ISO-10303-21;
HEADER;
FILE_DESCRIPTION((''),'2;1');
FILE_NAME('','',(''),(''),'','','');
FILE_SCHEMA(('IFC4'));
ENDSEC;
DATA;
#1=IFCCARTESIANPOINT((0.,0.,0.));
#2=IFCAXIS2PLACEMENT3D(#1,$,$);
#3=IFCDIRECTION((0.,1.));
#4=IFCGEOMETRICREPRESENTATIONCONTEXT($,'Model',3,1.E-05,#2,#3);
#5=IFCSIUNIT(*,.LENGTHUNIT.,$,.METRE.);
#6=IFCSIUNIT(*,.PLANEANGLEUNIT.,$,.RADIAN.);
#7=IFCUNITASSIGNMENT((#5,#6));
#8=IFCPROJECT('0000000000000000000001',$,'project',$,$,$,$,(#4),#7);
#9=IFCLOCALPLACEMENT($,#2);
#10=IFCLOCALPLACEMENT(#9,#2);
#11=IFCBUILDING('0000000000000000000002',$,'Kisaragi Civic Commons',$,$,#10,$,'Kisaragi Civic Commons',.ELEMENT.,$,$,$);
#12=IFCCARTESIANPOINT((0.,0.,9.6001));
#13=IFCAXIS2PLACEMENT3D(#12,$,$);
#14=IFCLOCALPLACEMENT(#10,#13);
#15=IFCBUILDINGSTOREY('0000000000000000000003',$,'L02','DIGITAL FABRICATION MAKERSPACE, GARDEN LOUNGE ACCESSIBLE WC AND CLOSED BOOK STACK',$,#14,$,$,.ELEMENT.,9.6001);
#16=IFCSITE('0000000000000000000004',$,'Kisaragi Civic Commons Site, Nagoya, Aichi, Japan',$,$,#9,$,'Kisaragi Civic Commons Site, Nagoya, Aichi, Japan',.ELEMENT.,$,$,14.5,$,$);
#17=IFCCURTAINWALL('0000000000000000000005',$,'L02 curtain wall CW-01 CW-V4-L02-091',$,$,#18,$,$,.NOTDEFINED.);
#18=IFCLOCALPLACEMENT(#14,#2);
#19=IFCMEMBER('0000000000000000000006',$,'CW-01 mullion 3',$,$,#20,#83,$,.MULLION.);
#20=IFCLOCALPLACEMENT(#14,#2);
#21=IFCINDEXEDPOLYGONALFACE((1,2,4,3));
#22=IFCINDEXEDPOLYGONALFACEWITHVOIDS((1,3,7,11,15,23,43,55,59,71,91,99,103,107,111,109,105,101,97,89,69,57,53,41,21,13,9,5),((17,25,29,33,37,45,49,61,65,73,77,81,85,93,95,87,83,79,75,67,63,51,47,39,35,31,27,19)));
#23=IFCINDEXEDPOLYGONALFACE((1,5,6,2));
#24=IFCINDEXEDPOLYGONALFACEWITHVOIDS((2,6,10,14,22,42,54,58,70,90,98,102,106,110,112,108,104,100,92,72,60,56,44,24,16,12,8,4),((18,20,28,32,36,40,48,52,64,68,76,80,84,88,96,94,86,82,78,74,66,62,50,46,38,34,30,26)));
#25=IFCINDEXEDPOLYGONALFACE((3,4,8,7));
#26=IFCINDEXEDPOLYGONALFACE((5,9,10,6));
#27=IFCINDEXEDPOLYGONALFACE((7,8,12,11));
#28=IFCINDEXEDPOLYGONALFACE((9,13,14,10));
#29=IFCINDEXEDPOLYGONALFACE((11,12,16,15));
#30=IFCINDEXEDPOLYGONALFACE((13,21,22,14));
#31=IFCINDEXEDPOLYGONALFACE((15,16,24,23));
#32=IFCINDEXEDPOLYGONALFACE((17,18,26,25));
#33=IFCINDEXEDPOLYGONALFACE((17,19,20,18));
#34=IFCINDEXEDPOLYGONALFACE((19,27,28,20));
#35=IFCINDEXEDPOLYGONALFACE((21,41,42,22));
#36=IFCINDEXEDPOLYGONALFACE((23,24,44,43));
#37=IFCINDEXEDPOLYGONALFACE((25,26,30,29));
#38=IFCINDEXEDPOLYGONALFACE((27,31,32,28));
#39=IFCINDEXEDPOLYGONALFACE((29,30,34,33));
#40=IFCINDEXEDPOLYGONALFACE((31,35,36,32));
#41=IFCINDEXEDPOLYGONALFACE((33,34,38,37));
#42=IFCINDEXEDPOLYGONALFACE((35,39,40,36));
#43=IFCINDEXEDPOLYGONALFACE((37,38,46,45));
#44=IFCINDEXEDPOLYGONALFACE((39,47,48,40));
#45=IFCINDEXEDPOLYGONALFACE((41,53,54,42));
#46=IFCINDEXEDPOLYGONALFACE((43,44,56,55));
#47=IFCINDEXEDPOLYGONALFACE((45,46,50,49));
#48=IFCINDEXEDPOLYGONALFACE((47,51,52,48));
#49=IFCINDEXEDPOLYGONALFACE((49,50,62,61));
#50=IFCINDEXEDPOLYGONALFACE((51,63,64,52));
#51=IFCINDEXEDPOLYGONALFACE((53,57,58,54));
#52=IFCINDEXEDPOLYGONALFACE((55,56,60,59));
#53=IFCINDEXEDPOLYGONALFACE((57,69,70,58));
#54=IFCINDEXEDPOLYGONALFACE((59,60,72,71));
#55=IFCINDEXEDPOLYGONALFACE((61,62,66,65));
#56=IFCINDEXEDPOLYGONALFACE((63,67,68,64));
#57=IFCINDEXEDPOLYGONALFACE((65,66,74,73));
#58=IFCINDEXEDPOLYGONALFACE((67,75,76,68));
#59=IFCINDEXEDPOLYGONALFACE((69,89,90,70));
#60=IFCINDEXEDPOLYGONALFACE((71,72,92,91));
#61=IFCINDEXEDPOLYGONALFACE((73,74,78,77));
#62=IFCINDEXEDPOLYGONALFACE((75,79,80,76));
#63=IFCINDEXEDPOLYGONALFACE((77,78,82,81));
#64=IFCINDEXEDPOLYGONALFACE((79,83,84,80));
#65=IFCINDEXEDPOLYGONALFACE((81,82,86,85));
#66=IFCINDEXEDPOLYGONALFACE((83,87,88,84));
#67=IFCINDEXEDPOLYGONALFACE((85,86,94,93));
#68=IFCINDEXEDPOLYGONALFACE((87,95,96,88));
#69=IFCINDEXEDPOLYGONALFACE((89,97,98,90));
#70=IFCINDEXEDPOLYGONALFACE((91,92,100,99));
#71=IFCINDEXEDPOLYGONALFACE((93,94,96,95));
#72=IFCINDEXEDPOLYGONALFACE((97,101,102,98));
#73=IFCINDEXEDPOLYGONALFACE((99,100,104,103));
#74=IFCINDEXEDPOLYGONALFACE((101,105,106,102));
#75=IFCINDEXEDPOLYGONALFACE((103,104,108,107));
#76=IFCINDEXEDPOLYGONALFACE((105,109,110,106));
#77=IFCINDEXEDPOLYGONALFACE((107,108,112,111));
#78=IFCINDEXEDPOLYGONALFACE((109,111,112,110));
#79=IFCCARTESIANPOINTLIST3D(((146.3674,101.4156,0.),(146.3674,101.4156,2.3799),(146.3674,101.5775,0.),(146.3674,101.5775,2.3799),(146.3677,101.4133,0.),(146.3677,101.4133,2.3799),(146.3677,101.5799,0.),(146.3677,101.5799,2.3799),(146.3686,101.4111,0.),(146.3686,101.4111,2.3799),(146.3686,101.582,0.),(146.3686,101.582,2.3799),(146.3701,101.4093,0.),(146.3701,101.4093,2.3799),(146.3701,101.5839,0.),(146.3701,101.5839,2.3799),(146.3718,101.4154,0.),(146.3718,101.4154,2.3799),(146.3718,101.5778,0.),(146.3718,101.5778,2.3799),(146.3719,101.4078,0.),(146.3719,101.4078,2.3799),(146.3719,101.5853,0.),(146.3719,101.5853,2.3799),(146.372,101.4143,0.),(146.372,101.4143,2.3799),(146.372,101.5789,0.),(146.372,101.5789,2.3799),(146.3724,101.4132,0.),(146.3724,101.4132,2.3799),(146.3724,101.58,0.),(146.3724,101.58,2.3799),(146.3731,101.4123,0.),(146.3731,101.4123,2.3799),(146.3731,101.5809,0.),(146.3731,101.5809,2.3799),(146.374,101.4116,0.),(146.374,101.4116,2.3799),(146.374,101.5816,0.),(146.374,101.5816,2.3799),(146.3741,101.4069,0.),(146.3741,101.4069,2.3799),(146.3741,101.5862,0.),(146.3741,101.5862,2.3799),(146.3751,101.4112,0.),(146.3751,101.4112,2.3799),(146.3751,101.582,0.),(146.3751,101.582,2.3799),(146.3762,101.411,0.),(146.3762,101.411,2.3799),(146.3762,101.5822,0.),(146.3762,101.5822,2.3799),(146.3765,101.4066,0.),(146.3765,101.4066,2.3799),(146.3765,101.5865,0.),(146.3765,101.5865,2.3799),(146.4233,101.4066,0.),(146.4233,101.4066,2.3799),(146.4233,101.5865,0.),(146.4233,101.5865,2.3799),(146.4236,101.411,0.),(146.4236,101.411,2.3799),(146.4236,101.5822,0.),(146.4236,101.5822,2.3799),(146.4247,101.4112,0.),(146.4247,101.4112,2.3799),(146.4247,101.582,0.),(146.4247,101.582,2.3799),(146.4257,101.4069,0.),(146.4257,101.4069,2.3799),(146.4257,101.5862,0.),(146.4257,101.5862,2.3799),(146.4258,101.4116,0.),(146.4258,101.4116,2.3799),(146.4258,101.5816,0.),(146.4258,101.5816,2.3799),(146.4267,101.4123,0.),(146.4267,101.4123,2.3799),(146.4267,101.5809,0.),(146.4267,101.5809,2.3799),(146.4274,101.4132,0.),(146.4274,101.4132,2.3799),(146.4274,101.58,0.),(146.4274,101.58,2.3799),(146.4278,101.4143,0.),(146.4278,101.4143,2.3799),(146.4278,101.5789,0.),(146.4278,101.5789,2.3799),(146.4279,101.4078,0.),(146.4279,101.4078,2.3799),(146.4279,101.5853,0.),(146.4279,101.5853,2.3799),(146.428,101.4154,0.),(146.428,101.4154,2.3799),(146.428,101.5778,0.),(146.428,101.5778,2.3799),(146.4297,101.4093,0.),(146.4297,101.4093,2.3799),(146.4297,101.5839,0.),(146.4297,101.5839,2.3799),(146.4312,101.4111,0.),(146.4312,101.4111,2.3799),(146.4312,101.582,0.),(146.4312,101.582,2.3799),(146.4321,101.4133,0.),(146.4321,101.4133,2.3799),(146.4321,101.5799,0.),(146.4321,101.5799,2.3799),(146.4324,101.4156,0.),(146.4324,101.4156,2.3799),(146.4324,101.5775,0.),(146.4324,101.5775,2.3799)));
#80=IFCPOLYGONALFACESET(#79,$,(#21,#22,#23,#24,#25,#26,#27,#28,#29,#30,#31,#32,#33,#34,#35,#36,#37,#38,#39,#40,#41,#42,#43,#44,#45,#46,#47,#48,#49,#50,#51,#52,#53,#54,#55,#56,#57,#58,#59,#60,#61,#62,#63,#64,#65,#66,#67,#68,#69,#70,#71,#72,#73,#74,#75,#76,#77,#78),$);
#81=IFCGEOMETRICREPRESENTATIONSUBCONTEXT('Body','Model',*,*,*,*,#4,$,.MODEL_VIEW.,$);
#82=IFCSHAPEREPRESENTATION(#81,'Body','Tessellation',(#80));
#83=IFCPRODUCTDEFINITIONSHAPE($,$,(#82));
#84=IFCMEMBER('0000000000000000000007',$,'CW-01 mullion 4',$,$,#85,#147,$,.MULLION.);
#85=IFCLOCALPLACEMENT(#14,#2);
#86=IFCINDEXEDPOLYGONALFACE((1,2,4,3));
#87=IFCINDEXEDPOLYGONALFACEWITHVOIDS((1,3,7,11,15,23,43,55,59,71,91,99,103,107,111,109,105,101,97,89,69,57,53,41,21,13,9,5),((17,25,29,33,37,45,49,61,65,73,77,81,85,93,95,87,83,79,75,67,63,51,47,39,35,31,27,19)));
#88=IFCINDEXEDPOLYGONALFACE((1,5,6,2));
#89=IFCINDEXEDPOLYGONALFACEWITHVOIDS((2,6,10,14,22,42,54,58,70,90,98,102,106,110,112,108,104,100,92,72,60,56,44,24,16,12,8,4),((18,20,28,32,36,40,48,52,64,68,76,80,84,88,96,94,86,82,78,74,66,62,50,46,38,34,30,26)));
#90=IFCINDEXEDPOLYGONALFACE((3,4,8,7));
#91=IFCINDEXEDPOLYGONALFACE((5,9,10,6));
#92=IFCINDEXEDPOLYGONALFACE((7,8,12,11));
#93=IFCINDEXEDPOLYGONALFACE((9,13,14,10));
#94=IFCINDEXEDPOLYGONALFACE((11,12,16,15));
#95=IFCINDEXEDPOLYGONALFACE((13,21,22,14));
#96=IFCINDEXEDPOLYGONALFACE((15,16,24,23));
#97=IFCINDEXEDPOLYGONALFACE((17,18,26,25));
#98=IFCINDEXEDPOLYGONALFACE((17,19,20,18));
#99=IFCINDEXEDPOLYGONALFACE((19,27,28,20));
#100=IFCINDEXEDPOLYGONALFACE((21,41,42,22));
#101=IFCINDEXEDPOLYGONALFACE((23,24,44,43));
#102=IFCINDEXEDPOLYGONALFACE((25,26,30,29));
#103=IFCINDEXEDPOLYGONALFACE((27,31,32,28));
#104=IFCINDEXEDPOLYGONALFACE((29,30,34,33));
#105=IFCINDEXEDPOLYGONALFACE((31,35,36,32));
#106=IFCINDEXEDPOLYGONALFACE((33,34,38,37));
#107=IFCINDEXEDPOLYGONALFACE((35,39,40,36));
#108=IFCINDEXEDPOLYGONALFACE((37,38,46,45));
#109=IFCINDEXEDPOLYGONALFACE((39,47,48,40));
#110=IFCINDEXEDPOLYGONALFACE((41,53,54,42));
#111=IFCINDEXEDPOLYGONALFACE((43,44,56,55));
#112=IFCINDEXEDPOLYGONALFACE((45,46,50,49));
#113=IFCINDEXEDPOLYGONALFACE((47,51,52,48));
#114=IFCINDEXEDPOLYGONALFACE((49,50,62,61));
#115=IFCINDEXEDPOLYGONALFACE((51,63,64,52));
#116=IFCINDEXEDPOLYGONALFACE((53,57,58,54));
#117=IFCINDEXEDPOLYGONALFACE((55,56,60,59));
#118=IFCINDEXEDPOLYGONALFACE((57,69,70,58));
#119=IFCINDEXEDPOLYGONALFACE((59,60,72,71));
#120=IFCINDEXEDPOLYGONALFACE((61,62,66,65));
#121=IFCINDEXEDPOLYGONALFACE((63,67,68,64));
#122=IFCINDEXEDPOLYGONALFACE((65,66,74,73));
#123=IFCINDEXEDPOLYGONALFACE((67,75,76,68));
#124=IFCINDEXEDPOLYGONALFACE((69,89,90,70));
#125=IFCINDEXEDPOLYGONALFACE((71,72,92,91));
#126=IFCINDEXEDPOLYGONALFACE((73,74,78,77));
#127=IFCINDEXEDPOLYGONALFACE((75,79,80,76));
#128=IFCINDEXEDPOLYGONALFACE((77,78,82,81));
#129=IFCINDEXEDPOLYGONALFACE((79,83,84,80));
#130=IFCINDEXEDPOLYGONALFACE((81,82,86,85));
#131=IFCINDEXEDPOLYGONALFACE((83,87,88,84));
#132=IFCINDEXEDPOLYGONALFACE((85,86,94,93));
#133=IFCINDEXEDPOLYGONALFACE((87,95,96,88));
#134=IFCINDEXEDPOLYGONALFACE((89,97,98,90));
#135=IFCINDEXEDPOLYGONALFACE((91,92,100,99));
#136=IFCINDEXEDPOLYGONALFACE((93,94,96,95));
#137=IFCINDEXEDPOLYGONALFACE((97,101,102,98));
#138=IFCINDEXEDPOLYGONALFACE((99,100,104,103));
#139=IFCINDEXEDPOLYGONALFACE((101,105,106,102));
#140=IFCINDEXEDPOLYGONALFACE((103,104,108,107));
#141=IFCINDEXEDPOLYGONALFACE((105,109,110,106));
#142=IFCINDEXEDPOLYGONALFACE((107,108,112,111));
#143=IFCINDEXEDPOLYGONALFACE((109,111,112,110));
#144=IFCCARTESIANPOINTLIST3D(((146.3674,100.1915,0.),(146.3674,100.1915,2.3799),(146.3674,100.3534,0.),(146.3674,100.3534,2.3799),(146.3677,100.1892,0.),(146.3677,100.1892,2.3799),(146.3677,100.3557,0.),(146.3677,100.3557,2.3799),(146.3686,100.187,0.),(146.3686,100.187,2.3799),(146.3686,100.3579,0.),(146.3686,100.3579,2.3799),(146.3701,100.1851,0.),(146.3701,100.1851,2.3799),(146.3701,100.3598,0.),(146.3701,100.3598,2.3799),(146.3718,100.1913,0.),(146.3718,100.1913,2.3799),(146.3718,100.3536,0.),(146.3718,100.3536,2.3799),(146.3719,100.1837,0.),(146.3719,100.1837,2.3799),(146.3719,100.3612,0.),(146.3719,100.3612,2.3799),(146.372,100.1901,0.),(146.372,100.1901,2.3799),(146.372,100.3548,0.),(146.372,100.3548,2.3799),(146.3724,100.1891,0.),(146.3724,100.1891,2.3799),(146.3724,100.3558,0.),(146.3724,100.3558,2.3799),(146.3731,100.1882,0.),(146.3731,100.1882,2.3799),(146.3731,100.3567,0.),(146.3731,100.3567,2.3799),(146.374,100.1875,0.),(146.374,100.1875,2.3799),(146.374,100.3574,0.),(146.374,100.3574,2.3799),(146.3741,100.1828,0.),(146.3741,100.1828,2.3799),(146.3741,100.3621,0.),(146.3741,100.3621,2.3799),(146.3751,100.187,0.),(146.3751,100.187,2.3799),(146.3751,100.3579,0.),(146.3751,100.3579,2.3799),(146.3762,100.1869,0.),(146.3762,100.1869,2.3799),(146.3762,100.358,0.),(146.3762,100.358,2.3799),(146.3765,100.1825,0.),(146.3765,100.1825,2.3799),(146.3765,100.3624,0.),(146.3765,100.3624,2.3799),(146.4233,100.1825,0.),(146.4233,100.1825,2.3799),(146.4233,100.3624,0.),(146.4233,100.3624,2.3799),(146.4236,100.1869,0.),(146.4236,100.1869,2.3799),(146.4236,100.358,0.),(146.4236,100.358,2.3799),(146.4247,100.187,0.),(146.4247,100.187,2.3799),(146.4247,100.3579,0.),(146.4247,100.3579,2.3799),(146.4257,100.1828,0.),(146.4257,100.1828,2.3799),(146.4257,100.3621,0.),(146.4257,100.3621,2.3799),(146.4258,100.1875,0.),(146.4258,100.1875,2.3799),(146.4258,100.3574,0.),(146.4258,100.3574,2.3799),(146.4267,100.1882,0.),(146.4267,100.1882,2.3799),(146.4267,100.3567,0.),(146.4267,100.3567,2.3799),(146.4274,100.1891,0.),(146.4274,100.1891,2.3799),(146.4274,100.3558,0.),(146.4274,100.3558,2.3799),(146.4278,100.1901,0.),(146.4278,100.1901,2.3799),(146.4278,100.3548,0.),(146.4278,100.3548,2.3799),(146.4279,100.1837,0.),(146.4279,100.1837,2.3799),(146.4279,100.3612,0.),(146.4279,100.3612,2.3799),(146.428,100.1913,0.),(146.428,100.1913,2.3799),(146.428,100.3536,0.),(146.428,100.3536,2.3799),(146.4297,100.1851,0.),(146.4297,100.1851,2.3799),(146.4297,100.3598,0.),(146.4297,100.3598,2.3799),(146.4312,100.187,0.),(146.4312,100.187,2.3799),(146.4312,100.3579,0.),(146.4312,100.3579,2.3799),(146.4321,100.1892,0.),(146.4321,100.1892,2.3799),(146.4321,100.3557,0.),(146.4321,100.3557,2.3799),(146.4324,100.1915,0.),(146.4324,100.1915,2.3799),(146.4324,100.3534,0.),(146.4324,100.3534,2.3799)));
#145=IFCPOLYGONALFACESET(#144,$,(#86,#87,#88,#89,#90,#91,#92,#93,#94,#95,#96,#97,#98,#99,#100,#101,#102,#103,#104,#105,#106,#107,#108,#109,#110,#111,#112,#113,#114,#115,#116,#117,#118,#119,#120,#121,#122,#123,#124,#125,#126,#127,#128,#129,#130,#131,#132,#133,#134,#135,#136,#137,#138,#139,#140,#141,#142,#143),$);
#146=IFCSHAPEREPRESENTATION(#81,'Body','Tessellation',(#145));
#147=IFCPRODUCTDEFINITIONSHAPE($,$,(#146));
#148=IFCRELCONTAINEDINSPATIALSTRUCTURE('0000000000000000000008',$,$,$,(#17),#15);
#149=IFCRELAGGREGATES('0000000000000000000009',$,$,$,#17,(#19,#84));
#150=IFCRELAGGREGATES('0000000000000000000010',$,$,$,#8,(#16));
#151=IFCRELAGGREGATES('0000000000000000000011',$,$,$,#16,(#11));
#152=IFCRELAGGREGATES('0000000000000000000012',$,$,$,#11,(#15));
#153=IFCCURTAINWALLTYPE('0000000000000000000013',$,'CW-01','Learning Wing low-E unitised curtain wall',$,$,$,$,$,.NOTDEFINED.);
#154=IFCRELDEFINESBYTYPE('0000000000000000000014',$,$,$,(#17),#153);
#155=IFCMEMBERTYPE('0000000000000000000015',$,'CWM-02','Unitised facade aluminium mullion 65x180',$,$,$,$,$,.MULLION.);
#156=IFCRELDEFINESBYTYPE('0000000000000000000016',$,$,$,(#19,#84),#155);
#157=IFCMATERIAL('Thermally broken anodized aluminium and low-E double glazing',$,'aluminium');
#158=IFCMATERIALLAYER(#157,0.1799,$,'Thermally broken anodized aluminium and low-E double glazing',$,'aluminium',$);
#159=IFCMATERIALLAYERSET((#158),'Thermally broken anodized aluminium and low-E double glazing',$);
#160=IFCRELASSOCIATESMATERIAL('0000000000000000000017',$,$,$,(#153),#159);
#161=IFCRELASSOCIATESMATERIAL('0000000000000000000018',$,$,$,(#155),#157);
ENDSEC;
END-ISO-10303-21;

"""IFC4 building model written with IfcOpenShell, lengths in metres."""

from ifc_helpers import new_model, si_unit, direction, frame, origin, origin_2d, place, context, subcontext, project, spatial, hollow_rectangle, extrude, material, layer, layer_set, material_profile, profile_set, type_object, element, aggregate, save


model = new_model("IFC4")

# Units and contexts
model_context = context("Model", 3, precision=1e-05, world=origin(), true_north=direction((0.0, 1.0)))
body_context = subcontext(model_context, "Body", "Model", "MODEL_VIEW")
ifc_project = project(units=[si_unit("LENGTHUNIT", "METRE"), si_unit("PLANEANGLEUNIT", "RADIAN")], contexts=[model_context])

# Site, building, storey
site_placement = place(None, origin())
site = spatial("IfcSite", under=ifc_project, at=site_placement, Name="Kisaragi Civic Commons Site, Nagoya, Aichi, Japan", LongName="Kisaragi Civic Commons Site, Nagoya, Aichi, Japan", CompositionType="ELEMENT", RefElevation=14.5)
building_placement = place(site_placement, origin())
building = spatial("IfcBuilding", under=site, at=building_placement, Name="Kisaragi Civic Commons", LongName="Kisaragi Civic Commons", CompositionType="ELEMENT")
storey_placement = place(building_placement, frame((0.0, 0.0, 9.6001)))
storey = spatial("IfcBuildingStorey", under=building, at=storey_placement, Name="L02", Description="DIGITAL FABRICATION MAKERSPACE, GARDEN LOUNGE ACCESSIBLE WC AND CLOSED BOOK STACK", CompositionType="ELEMENT", Elevation=9.6001)

# Curtain wall, members
ifc_material_1 = material(Name="Thermally broken anodized aluminium and low-E double glazing", Category="aluminium")
ifc_layer_1 = layer(ifc_material_1, 0.1799, Name="Thermally broken anodized aluminium and low-E double glazing", Category="aluminium")
ifc_layer_set_1 = layer_set([ifc_layer_1], Name="Thermally broken anodized aluminium and low-E double glazing")
curtain_wall_type = type_object("IfcCurtainWallType", Name="CW-01", Description="Learning Wing low-E unitised curtain wall", PredefinedType="NOTDEFINED", material=ifc_layer_set_1)
curtain_wall_1_placement = place(storey_placement, origin())
curtain_wall_1 = element("IfcCurtainWall", 1, at=curtain_wall_1_placement, inside=storey, type_object=curtain_wall_type, Name="L02 curtain wall CW-01 CW-V4-L02-091", PredefinedType="NOTDEFINED")
ifc_material_profile_1 = material_profile(ifc_material_1, hollow_rectangle(XDim=0.0649, YDim=0.1799, WallThickness=0.0044, InnerFilletRadius=0.0044, OuterFilletRadius=0.009, at=origin_2d()), Name="CWM-65x180x4.5", Category="aluminium")
ifc_profile_set_1 = profile_set([ifc_material_profile_1], Name="Thermally broken anodized aluminium and low-E double glazing")
member_type_1 = type_object("IfcMemberType", Name="CWM-02", Description="Unitised facade aluminium mullion 65x180", PredefinedType="MULLION", material=ifc_profile_set_1)
member_1_placement = place(storey_placement, frame((146.3999, 101.4966, 0.0), z_axis=(0.0, 0.0, 1.0), x_axis=(1.0, 0.0, 0.0)))
member_1 = element("IfcMember", 2, at=member_1_placement, type_object=member_type_1, Name="CW-01 mullion 3", PredefinedType="MULLION", context=body_context, shape_type="SweptSolid", body=[
    extrude(hollow_rectangle(XDim=0.0649, YDim=0.1799, WallThickness=0.0044, InnerFilletRadius=0.0044, OuterFilletRadius=0.009, at=origin_2d()), origin(), (0.0, 0.0, 1.0), 2.3799),
])
member_2_placement = place(storey_placement, frame((146.3999, 100.2725, 0.0), z_axis=(0.0, 0.0, 1.0), x_axis=(1.0, 0.0, 0.0)))
member_2 = element("IfcMember", 3, at=member_2_placement, type_object=member_type_1, Name="CW-01 mullion 4", PredefinedType="MULLION", context=body_context, shape_type="SweptSolid", body=[
    extrude(hollow_rectangle(XDim=0.0649, YDim=0.1799, WallThickness=0.0044, InnerFilletRadius=0.0044, OuterFilletRadius=0.009, at=origin_2d()), origin(), (0.0, 0.0, 1.0), 2.3799),
])

aggregate(curtain_wall_1, [member_1, member_2])

save(model, "model.ifc")
